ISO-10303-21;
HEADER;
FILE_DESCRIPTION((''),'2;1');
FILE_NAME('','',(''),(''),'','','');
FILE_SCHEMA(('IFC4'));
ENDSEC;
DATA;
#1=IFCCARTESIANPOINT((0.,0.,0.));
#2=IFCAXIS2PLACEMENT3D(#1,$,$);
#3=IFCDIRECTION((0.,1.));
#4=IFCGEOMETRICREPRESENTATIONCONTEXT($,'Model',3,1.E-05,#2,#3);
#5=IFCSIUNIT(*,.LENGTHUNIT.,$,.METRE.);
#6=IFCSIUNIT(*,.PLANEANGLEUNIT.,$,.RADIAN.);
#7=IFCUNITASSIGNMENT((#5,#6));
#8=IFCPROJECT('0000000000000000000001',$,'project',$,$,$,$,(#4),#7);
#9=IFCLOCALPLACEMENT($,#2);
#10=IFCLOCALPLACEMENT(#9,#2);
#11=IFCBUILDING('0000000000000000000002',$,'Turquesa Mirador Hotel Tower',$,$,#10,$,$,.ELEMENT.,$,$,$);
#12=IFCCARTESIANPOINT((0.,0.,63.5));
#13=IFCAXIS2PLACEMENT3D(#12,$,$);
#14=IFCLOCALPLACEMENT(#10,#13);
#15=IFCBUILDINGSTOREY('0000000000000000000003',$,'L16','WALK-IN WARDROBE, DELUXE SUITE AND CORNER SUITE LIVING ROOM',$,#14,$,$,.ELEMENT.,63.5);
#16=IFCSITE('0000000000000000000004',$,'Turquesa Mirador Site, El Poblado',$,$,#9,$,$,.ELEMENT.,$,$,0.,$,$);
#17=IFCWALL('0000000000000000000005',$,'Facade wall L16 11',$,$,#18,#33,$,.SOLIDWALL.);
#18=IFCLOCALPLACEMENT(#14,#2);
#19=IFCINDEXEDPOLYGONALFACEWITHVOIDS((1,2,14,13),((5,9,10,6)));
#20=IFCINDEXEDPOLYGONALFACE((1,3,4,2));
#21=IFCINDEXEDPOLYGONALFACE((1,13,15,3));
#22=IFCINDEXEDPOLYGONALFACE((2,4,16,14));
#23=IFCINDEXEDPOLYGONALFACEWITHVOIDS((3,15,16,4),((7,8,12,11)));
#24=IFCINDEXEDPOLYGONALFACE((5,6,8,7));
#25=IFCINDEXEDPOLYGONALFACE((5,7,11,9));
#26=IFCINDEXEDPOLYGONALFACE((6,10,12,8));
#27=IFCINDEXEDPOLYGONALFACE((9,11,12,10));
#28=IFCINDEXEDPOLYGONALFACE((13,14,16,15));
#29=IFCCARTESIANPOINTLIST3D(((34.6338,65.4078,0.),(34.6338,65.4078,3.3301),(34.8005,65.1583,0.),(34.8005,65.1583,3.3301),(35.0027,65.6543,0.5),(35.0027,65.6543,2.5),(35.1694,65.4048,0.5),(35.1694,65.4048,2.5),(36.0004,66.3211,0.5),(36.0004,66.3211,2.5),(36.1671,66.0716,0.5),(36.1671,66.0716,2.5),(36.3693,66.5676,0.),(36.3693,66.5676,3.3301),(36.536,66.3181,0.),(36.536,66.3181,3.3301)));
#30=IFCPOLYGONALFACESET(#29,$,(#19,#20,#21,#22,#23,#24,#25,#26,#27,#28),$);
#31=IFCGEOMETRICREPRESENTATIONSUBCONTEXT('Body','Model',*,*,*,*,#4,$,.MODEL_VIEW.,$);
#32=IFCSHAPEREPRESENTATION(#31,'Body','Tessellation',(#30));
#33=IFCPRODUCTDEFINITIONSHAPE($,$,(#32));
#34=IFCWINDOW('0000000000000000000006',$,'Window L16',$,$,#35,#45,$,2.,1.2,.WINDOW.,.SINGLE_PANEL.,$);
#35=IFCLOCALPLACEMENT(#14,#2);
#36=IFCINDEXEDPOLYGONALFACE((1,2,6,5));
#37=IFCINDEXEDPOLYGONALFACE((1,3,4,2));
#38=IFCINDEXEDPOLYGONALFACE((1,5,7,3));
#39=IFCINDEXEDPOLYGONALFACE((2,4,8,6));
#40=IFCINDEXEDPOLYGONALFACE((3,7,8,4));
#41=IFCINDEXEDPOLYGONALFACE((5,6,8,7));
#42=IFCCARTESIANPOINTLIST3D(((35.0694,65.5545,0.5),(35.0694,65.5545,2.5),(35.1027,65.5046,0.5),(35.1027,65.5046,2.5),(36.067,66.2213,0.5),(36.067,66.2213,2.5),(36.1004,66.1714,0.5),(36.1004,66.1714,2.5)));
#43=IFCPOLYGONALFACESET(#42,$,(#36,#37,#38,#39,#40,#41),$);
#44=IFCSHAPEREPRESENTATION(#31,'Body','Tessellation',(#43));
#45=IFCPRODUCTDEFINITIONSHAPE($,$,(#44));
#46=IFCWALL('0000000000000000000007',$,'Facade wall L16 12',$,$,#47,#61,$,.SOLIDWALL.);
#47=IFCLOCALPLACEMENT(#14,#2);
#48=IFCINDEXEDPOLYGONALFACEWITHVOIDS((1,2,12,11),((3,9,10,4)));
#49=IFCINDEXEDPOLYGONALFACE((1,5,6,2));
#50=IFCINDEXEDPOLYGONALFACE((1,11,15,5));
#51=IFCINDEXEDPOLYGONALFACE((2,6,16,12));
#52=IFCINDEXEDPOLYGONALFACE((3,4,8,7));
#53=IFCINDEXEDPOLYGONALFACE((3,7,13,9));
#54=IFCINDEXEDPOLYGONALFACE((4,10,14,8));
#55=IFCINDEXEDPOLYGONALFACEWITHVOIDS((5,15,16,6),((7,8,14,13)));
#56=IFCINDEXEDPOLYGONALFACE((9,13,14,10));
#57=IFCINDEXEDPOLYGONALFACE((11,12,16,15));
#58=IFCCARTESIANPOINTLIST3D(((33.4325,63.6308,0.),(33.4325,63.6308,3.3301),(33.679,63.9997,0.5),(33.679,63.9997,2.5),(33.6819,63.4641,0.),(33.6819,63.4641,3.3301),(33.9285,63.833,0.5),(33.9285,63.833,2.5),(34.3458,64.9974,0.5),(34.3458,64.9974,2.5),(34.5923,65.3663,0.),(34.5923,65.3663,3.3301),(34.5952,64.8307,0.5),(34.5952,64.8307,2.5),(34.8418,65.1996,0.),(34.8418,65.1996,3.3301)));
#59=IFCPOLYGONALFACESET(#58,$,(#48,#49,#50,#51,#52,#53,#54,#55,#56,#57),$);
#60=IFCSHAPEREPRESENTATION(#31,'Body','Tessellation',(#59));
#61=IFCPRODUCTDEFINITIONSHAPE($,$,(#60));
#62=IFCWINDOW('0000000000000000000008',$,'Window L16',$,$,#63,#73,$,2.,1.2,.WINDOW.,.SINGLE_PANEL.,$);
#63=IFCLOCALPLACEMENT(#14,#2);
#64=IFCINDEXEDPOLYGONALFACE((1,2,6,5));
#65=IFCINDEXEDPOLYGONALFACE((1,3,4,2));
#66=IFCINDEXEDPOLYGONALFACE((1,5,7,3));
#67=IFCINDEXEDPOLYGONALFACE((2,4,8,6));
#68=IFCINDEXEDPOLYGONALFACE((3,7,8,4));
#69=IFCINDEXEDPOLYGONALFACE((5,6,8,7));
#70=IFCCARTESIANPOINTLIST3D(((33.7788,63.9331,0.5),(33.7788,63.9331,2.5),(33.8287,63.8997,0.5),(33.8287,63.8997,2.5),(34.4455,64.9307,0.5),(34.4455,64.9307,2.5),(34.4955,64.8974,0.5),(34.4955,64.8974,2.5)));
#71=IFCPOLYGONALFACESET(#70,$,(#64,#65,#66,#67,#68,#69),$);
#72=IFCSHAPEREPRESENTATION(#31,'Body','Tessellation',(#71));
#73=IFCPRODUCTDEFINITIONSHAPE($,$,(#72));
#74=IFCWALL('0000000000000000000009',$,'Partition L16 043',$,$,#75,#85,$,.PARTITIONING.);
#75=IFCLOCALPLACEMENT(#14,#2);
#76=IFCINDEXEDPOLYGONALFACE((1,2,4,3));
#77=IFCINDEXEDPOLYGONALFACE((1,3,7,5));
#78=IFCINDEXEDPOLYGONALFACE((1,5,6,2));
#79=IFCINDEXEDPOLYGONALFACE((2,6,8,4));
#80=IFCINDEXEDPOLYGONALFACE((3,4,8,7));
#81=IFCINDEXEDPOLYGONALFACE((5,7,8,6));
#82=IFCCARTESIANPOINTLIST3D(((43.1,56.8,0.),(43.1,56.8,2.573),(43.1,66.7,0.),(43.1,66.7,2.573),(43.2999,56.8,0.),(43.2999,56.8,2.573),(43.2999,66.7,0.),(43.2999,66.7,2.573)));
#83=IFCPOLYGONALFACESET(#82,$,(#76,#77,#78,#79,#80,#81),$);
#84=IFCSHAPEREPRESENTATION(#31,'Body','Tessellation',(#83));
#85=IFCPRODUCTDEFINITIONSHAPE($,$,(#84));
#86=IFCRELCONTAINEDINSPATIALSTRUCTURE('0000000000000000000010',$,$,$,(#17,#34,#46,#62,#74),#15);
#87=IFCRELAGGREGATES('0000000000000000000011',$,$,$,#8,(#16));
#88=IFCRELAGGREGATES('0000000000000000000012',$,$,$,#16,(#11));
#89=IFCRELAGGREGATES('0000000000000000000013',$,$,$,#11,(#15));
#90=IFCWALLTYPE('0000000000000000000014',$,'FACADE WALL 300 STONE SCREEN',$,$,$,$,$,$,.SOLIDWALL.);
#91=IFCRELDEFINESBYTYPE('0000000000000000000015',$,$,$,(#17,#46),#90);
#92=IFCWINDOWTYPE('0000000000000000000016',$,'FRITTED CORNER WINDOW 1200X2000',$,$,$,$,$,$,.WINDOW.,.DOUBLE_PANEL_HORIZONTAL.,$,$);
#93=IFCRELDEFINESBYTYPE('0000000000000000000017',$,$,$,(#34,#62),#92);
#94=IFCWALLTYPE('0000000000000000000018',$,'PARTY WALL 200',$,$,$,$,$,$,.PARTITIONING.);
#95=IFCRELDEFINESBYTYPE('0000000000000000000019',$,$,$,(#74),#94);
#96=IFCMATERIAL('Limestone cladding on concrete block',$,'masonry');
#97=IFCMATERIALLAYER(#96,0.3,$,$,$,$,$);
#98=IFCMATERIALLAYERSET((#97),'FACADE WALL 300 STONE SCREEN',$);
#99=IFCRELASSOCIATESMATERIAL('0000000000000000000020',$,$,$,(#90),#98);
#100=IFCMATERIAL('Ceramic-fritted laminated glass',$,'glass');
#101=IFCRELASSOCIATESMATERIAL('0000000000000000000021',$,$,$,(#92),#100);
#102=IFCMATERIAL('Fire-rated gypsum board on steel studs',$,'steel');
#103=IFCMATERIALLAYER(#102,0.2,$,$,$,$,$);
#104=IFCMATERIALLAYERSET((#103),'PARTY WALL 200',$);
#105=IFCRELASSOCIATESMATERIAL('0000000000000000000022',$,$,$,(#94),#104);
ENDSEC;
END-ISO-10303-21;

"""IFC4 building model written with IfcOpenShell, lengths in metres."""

from ifc_helpers import new_model, si_unit, direction, frame, frame_2d, origin, place, context, subcontext, project, spatial, rectangle, extrude, material, layer, layer_set, type_object, element, fill, save


model = new_model("IFC4")

# Units and contexts
model_context = context("Model", 3, precision=1e-05, world=origin(), true_north=direction((0.0, 1.0)))
body_context = subcontext(model_context, "Body", "Model", "MODEL_VIEW")
ifc_project = project(units=[si_unit("LENGTHUNIT", "METRE"), si_unit("PLANEANGLEUNIT", "RADIAN")], contexts=[model_context])

# Site, building, storey
site_placement = place(None, origin())
site = spatial("IfcSite", under=ifc_project, at=site_placement, Name="Turquesa Mirador Site, El Poblado", CompositionType="ELEMENT", RefElevation=0.0)
building_placement = place(site_placement, origin())
building = spatial("IfcBuilding", under=site, at=building_placement, Name="Turquesa Mirador Hotel Tower", CompositionType="ELEMENT")
storey_placement = place(building_placement, frame((0.0, 0.0, 63.5)))
storey = spatial("IfcBuildingStorey", under=building, at=storey_placement, Name="L16", Description="WALK-IN WARDROBE, DELUXE SUITE AND CORNER SUITE LIVING ROOM", CompositionType="ELEMENT", Elevation=63.5)

# Walls, openings, windows
ifc_material_1 = material(Name="Limestone cladding on concrete block", Category="masonry")
ifc_layer_1 = layer(ifc_material_1, 0.3)
ifc_layer_set_1 = layer_set([ifc_layer_1], Name="FACADE WALL 300 STONE SCREEN")
wall_type_1 = type_object("IfcWallType", Name="FACADE WALL 300 STONE SCREEN", PredefinedType="SOLIDWALL", material=ifc_layer_set_1)
ifc_material_2 = material(Name="Ceramic-fritted laminated glass", Category="glass")
window_type = type_object("IfcWindowType", Name="FRITTED CORNER WINDOW 1200X2000", PartitioningType="DOUBLE_PANEL_HORIZONTAL", PredefinedType="WINDOW", material=ifc_material_2)
wall_1_placement = place(storey_placement, frame((36.4526, 66.4429, 0.0), z_axis=(0.0, 0.0, 1.0), x_axis=(-0.83142, -0.555644, 0.0)))
wall_1 = element("IfcWall", 1, at=wall_1_placement, inside=storey, type_object=wall_type_1, Name="Facade wall L16 11", PredefinedType="SOLIDWALL", context=body_context, shape_type="SweptSolid", body=[
    extrude(rectangle(XDim=2.0874, YDim=0.3, at=frame_2d((1.0437, 0.0))), origin(), (0.0, 0.0, 1.0), 3.3301),
])
opening_1_placement = place(wall_1_placement, frame((0.4436, 0.0, 0.5)))
opening_1 = element("IfcOpeningElement", 2, at=opening_1_placement, cuts=wall_1, PredefinedType="OPENING", context=body_context, shape_type="SweptSolid", body=[
    extrude(rectangle(XDim=1.2, YDim=2.0, at=frame_2d((0.6001, 1.0))), frame((0.0, 0.1599, 0.0), z_axis=(0.0, -1.0, 0.0), x_axis=(1.0, 0.0, 0.0)), (0.0, 0.0, 1.0), 0.3201),
])
window_1_placement = place(opening_1_placement, origin())
window_1 = element("IfcWindow", 3, at=window_1_placement, inside=storey, type_object=window_type, Name="Window L16", OverallHeight=2.0, OverallWidth=1.2, PartitioningType="SINGLE_PANEL", PredefinedType="WINDOW", context=body_context, shape_type="SweptSolid", body=[
    extrude(rectangle(XDim=1.2, YDim=2.0, at=frame_2d((0.6001, 1.0))), frame((0.0, 0.03, 0.0), z_axis=(0.0, -1.0, 0.0), x_axis=(1.0, 0.0, 0.0)), (0.0, 0.0, 1.0), 0.0601),
])
fill(opening_1, window_1)
wall_2_placement = place(storey_placement, frame((34.717, 65.283, 0.0), z_axis=(0.0, 0.0, 1.0), x_axis=(-0.555644, -0.83142, 0.0)))
wall_2 = element("IfcWall", 4, at=wall_2_placement, inside=storey, type_object=wall_type_1, Name="Facade wall L16 12", PredefinedType="SOLIDWALL", context=body_context, shape_type="SweptSolid", body=[
    extrude(rectangle(XDim=2.0874, YDim=0.3, at=frame_2d((1.0437, 0.0))), origin(), (0.0, 0.0, 1.0), 3.3301),
])
opening_2_placement = place(wall_2_placement, frame((0.4436, 0.0, 0.5)))
opening_2 = element("IfcOpeningElement", 5, at=opening_2_placement, cuts=wall_2, PredefinedType="OPENING", context=body_context, shape_type="SweptSolid", body=[
    extrude(rectangle(XDim=1.2, YDim=2.0, at=frame_2d((0.6001, 1.0))), frame((0.0, 0.1599, 0.0), z_axis=(0.0, -1.0, 0.0), x_axis=(1.0, 0.0, 0.0)), (0.0, 0.0, 1.0), 0.3201),
])
window_2_placement = place(opening_2_placement, origin())
window_2 = element("IfcWindow", 6, at=window_2_placement, inside=storey, type_object=window_type, Name="Window L16", OverallHeight=2.0, OverallWidth=1.2, PartitioningType="SINGLE_PANEL", PredefinedType="WINDOW", context=body_context, shape_type="SweptSolid", body=[
    extrude(rectangle(XDim=1.2, YDim=2.0, at=frame_2d((0.6001, 1.0))), frame((0.0, 0.03, 0.0), z_axis=(0.0, -1.0, 0.0), x_axis=(1.0, 0.0, 0.0)), (0.0, 0.0, 1.0), 0.0601),
])
fill(opening_2, window_2)

# Wall
ifc_material_3 = material(Name="Fire-rated gypsum board on steel studs", Category="steel")
ifc_layer_2 = layer(ifc_material_3, 0.2)
ifc_layer_set_2 = layer_set([ifc_layer_2], Name="PARTY WALL 200")
wall_type_2 = type_object("IfcWallType", Name="PARTY WALL 200", PredefinedType="PARTITIONING", material=ifc_layer_set_2)
wall_3_placement = place(storey_placement, frame((43.2, 56.8, 0.0), z_axis=(0.0, 0.0, 1.0), x_axis=(0.0, 1.0, 0.0)))
element("IfcWall", 7, at=wall_3_placement, inside=storey, type_object=wall_type_2, Name="Partition L16 043", PredefinedType="PARTITIONING", context=body_context, shape_type="SweptSolid", body=[
    extrude(rectangle(XDim=9.8999, YDim=0.2, at=frame_2d((4.95, 0.0))), origin(), (0.0, 0.0, 1.0), 2.573),
])

save(model, "model.ifc")
